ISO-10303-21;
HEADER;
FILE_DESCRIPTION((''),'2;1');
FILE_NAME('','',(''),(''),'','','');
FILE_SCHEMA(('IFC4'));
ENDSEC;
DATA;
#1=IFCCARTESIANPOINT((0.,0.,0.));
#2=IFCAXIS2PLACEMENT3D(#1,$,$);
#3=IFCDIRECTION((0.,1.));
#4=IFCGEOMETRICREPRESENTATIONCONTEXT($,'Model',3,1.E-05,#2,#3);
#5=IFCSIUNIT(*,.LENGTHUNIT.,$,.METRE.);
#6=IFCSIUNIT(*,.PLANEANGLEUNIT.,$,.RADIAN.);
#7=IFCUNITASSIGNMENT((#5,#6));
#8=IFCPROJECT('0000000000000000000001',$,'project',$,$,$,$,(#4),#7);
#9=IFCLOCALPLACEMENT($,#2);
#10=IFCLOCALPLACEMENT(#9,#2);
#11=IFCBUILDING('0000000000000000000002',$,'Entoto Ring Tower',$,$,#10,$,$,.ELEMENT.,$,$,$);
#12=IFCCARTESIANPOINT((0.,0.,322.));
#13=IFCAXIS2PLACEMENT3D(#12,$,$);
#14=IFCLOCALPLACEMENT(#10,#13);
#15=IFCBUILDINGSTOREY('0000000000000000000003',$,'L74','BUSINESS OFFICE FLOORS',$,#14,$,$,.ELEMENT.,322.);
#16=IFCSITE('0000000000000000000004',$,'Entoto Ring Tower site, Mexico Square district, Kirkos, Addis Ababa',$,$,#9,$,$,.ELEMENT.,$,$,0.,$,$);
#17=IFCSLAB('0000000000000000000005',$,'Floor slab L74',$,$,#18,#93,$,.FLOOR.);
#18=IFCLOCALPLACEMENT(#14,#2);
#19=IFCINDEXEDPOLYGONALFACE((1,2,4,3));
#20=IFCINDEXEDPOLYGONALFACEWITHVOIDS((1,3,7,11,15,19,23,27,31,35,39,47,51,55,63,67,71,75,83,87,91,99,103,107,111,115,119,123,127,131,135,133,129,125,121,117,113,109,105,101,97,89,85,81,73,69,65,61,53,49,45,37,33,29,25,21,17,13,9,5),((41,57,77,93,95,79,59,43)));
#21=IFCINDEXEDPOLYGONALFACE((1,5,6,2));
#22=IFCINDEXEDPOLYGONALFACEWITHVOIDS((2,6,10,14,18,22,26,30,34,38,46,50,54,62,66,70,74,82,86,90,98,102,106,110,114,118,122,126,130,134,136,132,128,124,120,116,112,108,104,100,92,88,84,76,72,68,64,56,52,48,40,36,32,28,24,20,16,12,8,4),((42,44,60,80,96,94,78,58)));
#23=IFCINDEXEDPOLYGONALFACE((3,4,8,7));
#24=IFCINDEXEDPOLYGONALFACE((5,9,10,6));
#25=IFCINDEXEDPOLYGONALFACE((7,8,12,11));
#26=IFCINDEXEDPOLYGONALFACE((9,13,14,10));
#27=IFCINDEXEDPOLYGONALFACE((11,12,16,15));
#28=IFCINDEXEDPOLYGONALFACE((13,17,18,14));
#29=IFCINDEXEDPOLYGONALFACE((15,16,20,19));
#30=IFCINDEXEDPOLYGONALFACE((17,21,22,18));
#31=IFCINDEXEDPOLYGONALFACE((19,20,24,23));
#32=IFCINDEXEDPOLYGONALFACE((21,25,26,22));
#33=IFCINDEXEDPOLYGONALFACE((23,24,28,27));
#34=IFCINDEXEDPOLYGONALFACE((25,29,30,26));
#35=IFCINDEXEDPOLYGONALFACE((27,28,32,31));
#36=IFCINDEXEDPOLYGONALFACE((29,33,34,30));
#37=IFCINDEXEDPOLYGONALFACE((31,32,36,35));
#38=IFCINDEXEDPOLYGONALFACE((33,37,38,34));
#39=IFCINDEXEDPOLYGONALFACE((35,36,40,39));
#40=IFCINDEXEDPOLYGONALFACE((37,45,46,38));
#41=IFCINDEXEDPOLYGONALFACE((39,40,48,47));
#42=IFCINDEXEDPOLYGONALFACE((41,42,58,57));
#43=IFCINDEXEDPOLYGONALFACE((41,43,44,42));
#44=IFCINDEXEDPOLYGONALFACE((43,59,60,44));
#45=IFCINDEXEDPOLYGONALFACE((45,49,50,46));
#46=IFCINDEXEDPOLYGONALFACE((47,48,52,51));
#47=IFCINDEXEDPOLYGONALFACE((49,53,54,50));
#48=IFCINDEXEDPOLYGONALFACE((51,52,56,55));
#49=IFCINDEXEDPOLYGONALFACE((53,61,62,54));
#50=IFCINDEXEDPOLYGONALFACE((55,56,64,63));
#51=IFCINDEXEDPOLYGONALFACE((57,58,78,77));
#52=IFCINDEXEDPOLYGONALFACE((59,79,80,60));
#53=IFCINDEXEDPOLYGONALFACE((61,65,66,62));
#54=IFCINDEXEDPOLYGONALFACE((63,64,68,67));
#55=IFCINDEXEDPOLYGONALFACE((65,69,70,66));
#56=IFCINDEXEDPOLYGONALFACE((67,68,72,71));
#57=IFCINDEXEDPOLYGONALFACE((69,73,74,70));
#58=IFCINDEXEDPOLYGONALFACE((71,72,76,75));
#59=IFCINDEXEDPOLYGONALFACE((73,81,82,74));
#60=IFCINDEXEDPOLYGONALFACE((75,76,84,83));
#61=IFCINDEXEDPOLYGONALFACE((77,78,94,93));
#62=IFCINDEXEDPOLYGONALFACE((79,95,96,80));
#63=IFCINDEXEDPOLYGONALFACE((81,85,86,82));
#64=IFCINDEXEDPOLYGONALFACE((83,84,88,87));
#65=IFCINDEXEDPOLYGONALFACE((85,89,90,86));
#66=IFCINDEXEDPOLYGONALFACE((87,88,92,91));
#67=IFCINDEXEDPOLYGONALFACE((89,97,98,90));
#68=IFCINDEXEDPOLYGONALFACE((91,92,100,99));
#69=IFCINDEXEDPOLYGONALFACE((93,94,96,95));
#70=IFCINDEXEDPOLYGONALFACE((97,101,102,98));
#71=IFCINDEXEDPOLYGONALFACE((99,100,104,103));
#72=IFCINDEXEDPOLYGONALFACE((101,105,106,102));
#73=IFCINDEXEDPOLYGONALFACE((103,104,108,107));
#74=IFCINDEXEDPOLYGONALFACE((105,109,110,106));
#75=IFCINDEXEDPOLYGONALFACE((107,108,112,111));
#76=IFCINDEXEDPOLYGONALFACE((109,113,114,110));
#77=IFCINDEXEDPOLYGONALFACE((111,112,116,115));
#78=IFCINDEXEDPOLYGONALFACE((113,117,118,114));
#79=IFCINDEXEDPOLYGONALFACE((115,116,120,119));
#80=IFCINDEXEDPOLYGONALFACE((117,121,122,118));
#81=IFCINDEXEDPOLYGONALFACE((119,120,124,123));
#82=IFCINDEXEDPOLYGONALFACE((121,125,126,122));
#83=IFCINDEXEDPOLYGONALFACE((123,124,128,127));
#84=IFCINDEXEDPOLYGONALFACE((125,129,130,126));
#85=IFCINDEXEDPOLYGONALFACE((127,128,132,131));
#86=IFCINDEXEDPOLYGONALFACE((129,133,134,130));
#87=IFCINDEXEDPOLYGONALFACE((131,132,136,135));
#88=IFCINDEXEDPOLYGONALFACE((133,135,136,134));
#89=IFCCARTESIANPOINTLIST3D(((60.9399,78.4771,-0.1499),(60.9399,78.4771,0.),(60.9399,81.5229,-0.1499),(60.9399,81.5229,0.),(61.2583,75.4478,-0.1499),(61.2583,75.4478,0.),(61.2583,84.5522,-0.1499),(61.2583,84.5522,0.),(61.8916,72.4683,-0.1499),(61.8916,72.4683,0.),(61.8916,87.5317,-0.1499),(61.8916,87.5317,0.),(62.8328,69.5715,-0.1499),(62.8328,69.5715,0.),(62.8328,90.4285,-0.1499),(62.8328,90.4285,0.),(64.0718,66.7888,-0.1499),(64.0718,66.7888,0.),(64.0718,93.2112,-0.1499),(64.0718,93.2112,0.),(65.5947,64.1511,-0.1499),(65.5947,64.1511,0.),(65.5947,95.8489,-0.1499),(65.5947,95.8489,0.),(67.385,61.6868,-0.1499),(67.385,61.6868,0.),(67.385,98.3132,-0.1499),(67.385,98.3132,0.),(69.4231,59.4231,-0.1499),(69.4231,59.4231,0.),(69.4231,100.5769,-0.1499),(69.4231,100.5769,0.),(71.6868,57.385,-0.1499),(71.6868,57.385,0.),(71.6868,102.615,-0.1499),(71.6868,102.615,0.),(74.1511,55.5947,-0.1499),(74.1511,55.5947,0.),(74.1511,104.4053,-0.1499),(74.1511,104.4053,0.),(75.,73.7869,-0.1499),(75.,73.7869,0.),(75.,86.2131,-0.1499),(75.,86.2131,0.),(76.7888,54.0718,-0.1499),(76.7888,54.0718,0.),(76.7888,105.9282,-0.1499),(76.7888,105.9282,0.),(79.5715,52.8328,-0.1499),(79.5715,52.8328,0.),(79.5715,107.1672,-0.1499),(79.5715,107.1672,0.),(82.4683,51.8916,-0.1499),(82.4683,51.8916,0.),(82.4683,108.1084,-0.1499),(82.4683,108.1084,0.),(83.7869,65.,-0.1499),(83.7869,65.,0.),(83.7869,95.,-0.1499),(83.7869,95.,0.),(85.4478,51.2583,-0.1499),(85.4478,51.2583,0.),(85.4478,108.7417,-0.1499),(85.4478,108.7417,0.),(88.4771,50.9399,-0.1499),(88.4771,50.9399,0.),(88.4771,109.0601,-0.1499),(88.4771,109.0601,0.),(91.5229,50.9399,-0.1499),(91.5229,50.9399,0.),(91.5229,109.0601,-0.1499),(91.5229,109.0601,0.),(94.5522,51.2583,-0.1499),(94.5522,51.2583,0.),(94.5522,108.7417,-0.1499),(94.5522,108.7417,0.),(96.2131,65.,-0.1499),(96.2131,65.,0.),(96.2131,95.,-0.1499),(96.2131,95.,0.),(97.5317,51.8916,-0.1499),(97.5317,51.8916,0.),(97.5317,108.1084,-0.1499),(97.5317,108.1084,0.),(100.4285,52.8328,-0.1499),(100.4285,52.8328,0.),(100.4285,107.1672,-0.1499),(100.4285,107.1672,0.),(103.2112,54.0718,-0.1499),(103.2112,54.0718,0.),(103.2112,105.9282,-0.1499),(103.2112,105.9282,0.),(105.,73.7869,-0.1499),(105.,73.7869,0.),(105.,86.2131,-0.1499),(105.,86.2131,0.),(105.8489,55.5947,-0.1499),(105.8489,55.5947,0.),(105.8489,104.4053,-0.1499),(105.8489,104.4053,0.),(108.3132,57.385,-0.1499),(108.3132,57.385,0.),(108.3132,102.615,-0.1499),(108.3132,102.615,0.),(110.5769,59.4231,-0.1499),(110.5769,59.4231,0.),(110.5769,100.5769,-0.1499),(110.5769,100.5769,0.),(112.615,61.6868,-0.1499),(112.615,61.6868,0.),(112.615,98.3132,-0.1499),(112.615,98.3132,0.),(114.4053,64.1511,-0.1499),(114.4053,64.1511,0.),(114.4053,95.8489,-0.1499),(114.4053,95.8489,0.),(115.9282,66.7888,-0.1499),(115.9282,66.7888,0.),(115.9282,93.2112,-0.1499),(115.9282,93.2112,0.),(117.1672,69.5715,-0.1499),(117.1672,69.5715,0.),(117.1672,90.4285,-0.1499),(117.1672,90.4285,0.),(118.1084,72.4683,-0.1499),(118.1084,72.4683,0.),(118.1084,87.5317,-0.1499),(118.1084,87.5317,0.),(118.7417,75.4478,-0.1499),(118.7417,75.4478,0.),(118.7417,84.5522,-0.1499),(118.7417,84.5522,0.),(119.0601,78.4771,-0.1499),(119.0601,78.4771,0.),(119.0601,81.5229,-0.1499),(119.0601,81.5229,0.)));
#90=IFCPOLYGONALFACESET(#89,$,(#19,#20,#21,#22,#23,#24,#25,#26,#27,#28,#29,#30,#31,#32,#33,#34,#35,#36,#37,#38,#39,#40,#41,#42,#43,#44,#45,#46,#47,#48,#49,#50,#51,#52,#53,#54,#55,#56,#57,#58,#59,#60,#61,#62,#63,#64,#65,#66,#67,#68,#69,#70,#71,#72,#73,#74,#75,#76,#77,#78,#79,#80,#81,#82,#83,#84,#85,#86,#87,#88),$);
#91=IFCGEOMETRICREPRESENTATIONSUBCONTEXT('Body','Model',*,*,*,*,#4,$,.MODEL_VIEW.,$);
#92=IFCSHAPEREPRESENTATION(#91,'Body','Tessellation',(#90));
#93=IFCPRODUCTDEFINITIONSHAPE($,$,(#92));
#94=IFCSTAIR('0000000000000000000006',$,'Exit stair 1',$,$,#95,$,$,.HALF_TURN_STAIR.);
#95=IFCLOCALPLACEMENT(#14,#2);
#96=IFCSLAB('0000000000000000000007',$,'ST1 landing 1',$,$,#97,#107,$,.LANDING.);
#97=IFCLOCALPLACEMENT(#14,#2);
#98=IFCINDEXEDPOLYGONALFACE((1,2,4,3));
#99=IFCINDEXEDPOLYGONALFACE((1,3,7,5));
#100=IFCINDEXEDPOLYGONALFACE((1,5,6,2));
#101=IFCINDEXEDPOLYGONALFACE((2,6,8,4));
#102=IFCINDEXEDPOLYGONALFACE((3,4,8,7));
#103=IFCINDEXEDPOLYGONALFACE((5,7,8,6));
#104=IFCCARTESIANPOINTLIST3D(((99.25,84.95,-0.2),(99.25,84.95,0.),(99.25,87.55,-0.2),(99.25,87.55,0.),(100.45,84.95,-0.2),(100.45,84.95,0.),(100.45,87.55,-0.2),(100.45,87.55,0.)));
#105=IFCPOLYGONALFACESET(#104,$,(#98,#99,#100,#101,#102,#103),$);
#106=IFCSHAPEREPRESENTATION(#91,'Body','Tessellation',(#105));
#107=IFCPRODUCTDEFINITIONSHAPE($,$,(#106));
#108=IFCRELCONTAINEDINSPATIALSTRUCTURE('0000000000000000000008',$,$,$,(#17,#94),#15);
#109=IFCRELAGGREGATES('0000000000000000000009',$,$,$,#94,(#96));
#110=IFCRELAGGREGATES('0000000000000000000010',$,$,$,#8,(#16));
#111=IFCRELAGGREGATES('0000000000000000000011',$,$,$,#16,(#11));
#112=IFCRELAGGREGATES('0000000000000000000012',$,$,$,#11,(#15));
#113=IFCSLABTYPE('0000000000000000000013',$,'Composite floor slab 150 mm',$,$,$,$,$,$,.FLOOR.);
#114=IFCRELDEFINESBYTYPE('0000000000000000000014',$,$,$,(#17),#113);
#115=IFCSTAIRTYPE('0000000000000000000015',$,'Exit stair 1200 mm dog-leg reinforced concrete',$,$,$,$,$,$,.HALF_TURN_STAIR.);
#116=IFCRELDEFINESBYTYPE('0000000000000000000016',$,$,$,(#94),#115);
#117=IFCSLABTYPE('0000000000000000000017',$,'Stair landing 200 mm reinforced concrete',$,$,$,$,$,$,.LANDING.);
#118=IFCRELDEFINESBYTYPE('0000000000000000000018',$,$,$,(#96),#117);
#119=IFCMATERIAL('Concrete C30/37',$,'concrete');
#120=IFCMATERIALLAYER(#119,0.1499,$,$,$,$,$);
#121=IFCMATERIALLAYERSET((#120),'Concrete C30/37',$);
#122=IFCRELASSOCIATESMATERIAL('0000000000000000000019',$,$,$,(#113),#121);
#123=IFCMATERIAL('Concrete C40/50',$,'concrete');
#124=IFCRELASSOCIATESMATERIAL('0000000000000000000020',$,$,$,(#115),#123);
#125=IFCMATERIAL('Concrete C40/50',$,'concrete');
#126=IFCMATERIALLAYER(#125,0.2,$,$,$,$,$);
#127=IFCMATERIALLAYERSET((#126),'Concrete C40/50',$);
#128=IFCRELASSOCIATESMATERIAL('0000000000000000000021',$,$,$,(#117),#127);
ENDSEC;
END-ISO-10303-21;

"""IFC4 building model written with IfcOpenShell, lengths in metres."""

from ifc_helpers import new_model, si_unit, direction, frame, origin, place, context, subcontext, project, spatial, polyline, outline, extrude, material, layer, layer_set, type_object, element, aggregate, save


model = new_model("IFC4")

# Units and contexts
model_context = context("Model", 3, precision=1e-05, world=origin(), true_north=direction((0.0, 1.0)))
body_context = subcontext(model_context, "Body", "Model", "MODEL_VIEW")
ifc_project = project(units=[si_unit("LENGTHUNIT", "METRE"), si_unit("PLANEANGLEUNIT", "RADIAN")], contexts=[model_context])

# Site, building, storey
site_placement = place(None, origin())
building_placement = place(site_placement, origin())
storey_placement = place(building_placement, frame((0.0, 0.0, 322.0)))
site = spatial("IfcSite", under=ifc_project, at=site_placement, Name="Entoto Ring Tower site, Mexico Square district, Kirkos, Addis Ababa", CompositionType="ELEMENT", RefElevation=0.0)
building = spatial("IfcBuilding", under=site, at=building_placement, Name="Entoto Ring Tower", CompositionType="ELEMENT")
storey = spatial("IfcBuildingStorey", under=building, at=storey_placement, Name="L74", Description="BUSINESS OFFICE FLOORS", CompositionType="ELEMENT", Elevation=322.0)

# Slab
ifc_material_1 = material(Name="Concrete C30/37", Category="concrete")
ifc_layer_1 = layer(ifc_material_1, 0.1499)
ifc_layer_set_1 = layer_set([ifc_layer_1], Name="Concrete C30/37")
slab_type_1 = type_object("IfcSlabType", Name="Composite floor slab 150 mm", PredefinedType="FLOOR", material=ifc_layer_set_1)
slab_1_placement = place(storey_placement, frame((0.0, 0.0, -0.1499)))
element("IfcSlab", 1, at=slab_1_placement, inside=storey, type_object=slab_type_1, Name="Floor slab L74", PredefinedType="FLOOR", context=body_context, shape_type="SweptSolid", body=[
    extrude(outline(polyline([(118.7417, 84.5522), (118.1084, 87.5317), (117.1672, 90.4285), (115.9282, 93.2112), (114.4053, 95.8489), (112.615, 98.3132), (110.5769, 100.5769), (108.3132, 102.615), (105.8489, 104.4053), (103.2112, 105.9282), (100.4285, 107.1672), (97.5317, 108.1084), (94.5522, 108.7417), (91.5229, 109.0601), (88.4771, 109.0601), (85.4478, 108.7417), (82.4683, 108.1084), (79.5715, 107.1672), (76.7888, 105.9282), (74.1511, 104.4053), (71.6868, 102.615), (69.4231, 100.5769), (67.385, 98.3132), (65.5947, 95.8489), (64.0718, 93.2112), (62.8328, 90.4285), (61.8916, 87.5317), (61.2583, 84.5522), (60.9399, 81.5229), (60.9399, 78.4771), (61.2583, 75.4478), (61.8916, 72.4683), (62.8328, 69.5715), (64.0718, 66.7888), (65.5947, 64.1511), (67.385, 61.6868), (69.4231, 59.4231), (71.6868, 57.385), (74.1511, 55.5947), (76.7888, 54.0718), (79.5715, 52.8328), (82.4683, 51.8916), (85.4478, 51.2583), (88.4771, 50.9399), (91.5229, 50.9399), (94.5522, 51.2583), (97.5317, 51.8916), (100.4285, 52.8328), (103.2112, 54.0718), (105.8489, 55.5947), (108.3132, 57.385), (110.5769, 59.4231), (112.615, 61.6868), (114.4053, 64.1511), (115.9282, 66.7888), (117.1672, 69.5715), (118.1084, 72.4683), (118.7417, 75.4478), (119.0601, 78.4771), (119.0601, 81.5229), (118.7417, 84.5522)]), holes=[polyline([(105.0, 73.7869), (105.0, 86.2131), (96.2131, 95.0), (83.7869, 95.0), (75.0, 86.2131), (75.0, 73.7869), (83.7869, 65.0), (96.2131, 65.0), (105.0, 73.7869)])]), origin(), (0.0, 0.0, 1.0), 0.1499),
])

# Stair, slab
ifc_material_2 = material(Name="Concrete C40/50", Category="concrete")
stair_type = type_object("IfcStairType", Name="Exit stair 1200 mm dog-leg reinforced concrete", PredefinedType="HALF_TURN_STAIR", material=ifc_material_2)
stair_placement = place(storey_placement, origin())
stair = element("IfcStair", 2, at=stair_placement, inside=storey, type_object=stair_type, Name="Exit stair 1", PredefinedType="HALF_TURN_STAIR")
ifc_material_3 = material(Name="Concrete C40/50", Category="concrete")
ifc_layer_2 = layer(ifc_material_3, 0.2)
ifc_layer_set_2 = layer_set([ifc_layer_2], Name="Concrete C40/50")
slab_type_2 = type_object("IfcSlabType", Name="Stair landing 200 mm reinforced concrete", PredefinedType="LANDING", material=ifc_layer_set_2)
slab_2_placement = place(storey_placement, frame((0.0, 0.0, -0.2)))
slab_2 = element("IfcSlab", 3, at=slab_2_placement, type_object=slab_type_2, Name="ST1 landing 1", PredefinedType="LANDING", context=body_context, shape_type="SweptSolid", body=[
    extrude(outline(polyline([(100.45, 84.95), (100.45, 87.55), (99.25, 87.55), (99.25, 84.95), (100.45, 84.95)])), origin(), (0.0, 0.0, 1.0), 0.2),
])
aggregate(stair, [slab_2])

save(model, "model.ifc")
